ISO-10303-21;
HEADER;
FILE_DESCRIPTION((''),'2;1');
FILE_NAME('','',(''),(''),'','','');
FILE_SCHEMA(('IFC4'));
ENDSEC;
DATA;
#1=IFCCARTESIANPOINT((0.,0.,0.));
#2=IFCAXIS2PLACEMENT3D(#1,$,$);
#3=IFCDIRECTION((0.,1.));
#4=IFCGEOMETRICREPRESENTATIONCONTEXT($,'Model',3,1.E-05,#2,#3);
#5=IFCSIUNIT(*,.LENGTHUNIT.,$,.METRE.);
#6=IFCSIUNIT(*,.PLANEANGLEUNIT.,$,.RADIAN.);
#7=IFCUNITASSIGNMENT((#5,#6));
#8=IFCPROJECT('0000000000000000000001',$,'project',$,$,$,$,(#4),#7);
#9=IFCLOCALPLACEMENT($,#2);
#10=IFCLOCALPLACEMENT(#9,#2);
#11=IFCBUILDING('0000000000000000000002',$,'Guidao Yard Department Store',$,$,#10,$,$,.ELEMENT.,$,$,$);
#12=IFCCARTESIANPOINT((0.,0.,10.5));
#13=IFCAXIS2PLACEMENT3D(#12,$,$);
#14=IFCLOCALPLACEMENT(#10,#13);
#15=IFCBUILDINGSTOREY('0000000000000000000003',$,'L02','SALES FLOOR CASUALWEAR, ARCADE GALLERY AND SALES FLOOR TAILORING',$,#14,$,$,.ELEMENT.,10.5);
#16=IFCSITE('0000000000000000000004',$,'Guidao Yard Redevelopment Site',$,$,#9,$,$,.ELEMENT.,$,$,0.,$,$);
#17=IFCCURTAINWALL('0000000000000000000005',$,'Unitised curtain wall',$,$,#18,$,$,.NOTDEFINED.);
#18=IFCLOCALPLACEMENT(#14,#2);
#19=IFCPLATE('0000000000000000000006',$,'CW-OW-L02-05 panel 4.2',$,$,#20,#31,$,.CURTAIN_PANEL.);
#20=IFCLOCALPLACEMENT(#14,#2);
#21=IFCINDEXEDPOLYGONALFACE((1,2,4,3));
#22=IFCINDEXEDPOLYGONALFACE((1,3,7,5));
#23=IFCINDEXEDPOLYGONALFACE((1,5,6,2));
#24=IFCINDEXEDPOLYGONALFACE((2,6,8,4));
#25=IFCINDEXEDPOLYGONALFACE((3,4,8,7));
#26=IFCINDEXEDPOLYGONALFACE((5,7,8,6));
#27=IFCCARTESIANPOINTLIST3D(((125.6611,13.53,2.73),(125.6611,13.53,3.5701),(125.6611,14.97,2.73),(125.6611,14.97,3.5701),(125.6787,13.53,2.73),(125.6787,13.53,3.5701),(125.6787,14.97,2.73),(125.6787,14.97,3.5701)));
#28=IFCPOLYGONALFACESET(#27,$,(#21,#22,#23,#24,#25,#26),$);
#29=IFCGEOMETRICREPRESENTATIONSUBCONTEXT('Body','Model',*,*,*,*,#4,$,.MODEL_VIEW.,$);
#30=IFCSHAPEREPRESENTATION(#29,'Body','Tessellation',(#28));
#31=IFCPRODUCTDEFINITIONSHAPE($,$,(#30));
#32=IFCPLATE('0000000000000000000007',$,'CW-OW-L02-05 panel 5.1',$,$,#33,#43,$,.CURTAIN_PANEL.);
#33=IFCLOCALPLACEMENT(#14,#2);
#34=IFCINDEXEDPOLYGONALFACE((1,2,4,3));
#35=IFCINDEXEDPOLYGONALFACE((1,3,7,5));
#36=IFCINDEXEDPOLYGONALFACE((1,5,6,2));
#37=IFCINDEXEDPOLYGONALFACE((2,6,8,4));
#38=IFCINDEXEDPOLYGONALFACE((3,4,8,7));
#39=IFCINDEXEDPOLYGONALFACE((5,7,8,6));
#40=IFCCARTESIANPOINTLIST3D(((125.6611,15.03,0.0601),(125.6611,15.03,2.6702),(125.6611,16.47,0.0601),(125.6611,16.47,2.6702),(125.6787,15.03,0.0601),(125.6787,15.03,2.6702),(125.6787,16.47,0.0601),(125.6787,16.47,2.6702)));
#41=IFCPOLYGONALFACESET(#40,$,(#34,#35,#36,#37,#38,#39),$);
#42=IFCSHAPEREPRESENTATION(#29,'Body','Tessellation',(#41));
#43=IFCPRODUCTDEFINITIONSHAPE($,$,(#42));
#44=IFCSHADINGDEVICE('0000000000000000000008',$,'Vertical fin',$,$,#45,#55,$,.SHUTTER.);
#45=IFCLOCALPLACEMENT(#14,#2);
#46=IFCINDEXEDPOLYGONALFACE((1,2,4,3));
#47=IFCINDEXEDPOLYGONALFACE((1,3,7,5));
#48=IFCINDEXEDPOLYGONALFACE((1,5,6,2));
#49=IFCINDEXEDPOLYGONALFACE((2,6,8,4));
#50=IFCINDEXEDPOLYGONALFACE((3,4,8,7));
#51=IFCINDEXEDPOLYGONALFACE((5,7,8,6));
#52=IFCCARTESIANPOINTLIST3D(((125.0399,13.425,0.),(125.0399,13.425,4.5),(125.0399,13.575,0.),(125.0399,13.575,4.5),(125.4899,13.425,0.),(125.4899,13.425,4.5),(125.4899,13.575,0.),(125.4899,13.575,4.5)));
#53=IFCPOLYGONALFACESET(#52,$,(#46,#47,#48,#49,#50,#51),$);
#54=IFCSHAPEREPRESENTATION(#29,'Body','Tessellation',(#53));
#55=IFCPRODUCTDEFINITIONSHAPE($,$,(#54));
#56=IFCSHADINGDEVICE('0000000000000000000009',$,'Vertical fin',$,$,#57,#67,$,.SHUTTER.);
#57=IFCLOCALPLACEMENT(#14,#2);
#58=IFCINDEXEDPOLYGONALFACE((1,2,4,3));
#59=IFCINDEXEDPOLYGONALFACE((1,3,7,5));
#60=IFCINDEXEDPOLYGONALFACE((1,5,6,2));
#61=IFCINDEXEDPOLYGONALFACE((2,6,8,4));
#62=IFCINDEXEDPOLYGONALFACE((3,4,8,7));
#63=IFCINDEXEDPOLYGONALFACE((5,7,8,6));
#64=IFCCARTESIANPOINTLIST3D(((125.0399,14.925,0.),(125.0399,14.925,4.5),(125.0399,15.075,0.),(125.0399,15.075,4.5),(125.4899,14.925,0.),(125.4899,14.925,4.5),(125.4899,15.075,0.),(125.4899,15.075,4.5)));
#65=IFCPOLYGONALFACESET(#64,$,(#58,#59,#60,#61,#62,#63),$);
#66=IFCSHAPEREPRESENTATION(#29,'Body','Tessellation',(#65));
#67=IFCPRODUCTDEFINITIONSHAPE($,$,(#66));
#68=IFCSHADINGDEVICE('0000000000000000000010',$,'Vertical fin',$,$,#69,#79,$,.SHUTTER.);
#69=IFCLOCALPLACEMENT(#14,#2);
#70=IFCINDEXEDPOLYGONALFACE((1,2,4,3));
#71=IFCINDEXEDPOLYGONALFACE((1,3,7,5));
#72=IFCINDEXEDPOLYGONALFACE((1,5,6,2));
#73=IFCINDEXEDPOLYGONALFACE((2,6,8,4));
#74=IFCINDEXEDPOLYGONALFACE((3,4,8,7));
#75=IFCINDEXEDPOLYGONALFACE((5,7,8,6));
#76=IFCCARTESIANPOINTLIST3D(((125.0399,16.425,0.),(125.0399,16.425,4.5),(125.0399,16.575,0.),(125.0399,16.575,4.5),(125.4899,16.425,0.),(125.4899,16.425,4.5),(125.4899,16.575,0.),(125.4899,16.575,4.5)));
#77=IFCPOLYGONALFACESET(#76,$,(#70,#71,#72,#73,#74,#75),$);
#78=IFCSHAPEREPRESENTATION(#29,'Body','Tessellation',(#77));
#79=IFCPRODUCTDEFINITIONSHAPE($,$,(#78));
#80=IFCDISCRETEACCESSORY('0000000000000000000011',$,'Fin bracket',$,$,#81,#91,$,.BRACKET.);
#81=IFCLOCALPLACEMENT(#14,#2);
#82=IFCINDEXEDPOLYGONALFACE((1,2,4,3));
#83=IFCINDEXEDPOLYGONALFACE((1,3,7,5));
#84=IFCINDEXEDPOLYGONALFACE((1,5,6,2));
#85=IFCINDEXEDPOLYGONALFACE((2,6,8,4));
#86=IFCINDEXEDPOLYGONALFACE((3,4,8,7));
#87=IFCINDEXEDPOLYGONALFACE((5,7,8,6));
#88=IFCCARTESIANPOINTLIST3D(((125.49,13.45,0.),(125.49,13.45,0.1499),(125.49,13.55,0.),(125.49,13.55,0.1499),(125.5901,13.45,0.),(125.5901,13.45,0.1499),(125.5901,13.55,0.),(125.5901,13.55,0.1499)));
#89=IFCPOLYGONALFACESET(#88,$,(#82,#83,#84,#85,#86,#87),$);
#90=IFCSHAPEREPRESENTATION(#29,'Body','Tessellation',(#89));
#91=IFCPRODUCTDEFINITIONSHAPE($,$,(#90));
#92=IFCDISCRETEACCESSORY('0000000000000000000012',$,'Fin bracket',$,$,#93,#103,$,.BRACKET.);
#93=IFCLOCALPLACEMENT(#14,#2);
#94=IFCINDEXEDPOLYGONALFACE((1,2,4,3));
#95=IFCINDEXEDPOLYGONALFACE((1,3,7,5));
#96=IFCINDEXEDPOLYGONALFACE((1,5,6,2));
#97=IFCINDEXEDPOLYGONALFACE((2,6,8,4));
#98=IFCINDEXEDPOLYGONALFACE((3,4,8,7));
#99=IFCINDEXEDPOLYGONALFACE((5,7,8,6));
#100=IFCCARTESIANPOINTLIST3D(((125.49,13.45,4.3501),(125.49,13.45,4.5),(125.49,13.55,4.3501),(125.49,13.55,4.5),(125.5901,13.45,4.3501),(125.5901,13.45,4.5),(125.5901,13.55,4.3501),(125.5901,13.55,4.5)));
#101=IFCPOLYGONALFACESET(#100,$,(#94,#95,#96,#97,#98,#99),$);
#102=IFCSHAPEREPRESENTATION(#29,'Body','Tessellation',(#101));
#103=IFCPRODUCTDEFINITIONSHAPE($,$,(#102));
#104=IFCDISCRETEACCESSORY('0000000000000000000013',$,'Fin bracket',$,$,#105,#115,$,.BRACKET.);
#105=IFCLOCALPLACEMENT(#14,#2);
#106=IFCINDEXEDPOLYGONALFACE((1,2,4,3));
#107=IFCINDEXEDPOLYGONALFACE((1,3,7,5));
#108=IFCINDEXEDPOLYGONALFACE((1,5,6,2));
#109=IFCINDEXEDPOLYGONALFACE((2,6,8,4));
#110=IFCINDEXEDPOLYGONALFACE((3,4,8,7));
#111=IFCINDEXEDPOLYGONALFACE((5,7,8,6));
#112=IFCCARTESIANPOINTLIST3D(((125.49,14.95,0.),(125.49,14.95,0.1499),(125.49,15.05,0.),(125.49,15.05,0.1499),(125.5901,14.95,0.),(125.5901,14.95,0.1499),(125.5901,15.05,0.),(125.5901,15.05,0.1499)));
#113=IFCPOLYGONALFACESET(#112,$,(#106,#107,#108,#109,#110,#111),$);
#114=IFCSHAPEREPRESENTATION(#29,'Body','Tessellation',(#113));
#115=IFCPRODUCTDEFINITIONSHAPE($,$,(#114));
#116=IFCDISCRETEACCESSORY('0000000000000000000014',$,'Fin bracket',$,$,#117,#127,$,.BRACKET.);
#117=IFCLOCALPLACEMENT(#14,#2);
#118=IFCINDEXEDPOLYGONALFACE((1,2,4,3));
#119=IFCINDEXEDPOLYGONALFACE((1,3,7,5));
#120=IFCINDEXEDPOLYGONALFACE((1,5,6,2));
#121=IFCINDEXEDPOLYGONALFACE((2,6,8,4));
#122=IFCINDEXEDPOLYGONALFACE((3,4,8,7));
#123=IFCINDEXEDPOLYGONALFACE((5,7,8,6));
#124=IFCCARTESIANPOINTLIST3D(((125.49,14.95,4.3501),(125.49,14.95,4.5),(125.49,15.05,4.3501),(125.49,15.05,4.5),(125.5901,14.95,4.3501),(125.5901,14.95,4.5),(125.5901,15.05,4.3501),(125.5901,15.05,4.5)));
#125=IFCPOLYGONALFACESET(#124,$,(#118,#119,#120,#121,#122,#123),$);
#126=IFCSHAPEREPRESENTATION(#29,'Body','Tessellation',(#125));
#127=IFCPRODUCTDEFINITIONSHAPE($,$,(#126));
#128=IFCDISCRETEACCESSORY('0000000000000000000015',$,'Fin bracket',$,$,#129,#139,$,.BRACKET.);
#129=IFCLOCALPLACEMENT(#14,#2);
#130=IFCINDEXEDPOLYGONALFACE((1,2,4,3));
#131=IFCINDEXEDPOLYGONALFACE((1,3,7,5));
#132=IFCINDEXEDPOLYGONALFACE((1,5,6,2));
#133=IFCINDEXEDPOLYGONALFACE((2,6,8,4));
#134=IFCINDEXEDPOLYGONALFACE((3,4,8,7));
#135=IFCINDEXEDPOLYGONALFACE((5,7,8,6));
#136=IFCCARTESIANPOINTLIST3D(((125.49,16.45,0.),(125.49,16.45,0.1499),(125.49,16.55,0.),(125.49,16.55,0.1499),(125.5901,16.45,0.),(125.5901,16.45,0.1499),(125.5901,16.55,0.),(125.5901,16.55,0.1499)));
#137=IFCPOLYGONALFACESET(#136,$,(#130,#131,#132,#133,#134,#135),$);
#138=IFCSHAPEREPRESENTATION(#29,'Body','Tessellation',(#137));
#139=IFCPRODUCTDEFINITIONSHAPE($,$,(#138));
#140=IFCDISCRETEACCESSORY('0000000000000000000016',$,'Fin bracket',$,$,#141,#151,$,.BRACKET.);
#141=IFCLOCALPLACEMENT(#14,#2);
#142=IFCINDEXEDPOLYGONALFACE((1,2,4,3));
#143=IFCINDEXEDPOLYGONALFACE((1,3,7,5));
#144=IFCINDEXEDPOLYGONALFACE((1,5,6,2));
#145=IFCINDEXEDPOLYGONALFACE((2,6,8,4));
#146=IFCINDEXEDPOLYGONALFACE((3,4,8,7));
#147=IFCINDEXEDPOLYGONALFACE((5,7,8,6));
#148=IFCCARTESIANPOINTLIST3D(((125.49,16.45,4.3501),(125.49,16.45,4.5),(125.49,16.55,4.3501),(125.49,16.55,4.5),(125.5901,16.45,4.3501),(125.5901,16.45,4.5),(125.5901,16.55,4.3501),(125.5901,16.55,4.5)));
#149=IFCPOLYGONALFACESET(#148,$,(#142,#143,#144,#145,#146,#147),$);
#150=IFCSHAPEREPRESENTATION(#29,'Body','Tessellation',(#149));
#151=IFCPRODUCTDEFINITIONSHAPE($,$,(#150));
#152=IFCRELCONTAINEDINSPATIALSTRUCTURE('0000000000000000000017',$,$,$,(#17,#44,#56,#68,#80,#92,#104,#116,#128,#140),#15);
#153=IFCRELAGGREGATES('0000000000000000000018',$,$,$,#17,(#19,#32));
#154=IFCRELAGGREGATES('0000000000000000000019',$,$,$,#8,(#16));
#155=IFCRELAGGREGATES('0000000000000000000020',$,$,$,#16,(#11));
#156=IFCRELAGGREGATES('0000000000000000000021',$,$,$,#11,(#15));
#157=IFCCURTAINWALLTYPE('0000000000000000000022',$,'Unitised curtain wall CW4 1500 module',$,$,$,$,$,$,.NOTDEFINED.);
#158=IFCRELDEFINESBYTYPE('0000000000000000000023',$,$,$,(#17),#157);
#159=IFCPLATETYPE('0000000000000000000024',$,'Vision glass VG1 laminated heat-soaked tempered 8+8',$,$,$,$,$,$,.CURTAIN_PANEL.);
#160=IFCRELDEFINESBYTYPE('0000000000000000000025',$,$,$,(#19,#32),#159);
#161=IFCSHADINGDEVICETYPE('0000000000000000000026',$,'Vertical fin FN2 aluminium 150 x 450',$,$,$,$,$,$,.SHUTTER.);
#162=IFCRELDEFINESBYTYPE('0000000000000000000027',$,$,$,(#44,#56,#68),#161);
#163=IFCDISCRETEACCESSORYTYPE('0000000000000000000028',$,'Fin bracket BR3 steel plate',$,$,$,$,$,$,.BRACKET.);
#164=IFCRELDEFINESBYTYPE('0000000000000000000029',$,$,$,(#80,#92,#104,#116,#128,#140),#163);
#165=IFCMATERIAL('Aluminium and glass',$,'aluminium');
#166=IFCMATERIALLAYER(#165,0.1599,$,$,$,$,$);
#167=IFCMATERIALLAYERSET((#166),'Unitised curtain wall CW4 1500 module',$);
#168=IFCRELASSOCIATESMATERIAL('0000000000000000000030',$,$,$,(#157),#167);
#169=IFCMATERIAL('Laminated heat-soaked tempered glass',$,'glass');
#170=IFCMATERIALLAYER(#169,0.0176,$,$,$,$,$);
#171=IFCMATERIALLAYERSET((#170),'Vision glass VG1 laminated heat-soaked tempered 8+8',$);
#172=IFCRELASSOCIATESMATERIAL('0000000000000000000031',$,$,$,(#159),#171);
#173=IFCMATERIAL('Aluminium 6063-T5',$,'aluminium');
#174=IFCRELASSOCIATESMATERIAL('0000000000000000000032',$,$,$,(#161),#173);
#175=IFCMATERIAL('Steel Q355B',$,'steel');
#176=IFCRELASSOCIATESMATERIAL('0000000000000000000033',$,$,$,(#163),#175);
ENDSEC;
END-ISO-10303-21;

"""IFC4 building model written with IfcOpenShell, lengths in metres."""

from ifc_helpers import new_model, si_unit, direction, frame, origin, origin_2d, place, context, subcontext, project, spatial, rectangle, extrude, material, layer, layer_set, type_object, element, aggregate, save


model = new_model("IFC4")

# Units and contexts
model_context = context("Model", 3, precision=1e-05, world=origin(), true_north=direction((0.0, 1.0)))
body_context = subcontext(model_context, "Body", "Model", "MODEL_VIEW")
ifc_project = project(units=[si_unit("LENGTHUNIT", "METRE"), si_unit("PLANEANGLEUNIT", "RADIAN")], contexts=[model_context])

# Site, building, storey
site_placement = place(None, origin())
site = spatial("IfcSite", under=ifc_project, at=site_placement, Name="Guidao Yard Redevelopment Site", CompositionType="ELEMENT", RefElevation=0.0)
building_placement = place(site_placement, origin())
building = spatial("IfcBuilding", under=site, at=building_placement, Name="Guidao Yard Department Store", CompositionType="ELEMENT")
storey_placement = place(building_placement, frame((0.0, 0.0, 10.5)))
storey = spatial("IfcBuildingStorey", under=building, at=storey_placement, Name="L02", Description="SALES FLOOR CASUALWEAR, ARCADE GALLERY AND SALES FLOOR TAILORING", CompositionType="ELEMENT", Elevation=10.5)

# Curtain wall, plates
ifc_material_1 = material(Name="Aluminium and glass", Category="aluminium")
ifc_layer_1 = layer(ifc_material_1, 0.1599)
ifc_layer_set_1 = layer_set([ifc_layer_1], Name="Unitised curtain wall CW4 1500 module")
curtain_wall_type = type_object("IfcCurtainWallType", Name="Unitised curtain wall CW4 1500 module", PredefinedType="NOTDEFINED", material=ifc_layer_set_1)
curtain_wall_placement = place(storey_placement, origin())
curtain_wall = element("IfcCurtainWall", 1, at=curtain_wall_placement, inside=storey, type_object=curtain_wall_type, Name="Unitised curtain wall", PredefinedType="NOTDEFINED")
ifc_material_2 = material(Name="Laminated heat-soaked tempered glass", Category="glass")
ifc_layer_2 = layer(ifc_material_2, 0.0176)
ifc_layer_set_2 = layer_set([ifc_layer_2], Name="Vision glass VG1 laminated heat-soaked tempered 8+8")
plate_type_1 = type_object("IfcPlateType", Name="Vision glass VG1 laminated heat-soaked tempered 8+8", PredefinedType="CURTAIN_PANEL", material=ifc_layer_set_2)
plate_1_placement = place(storey_placement, frame((125.6699, 14.25, 2.73), z_axis=(0.0, 0.0, 1.0), x_axis=(0.0, 1.0, 0.0)))
plate_1 = element("IfcPlate", 2, at=plate_1_placement, type_object=plate_type_1, Name="CW-OW-L02-05 panel 4.2", PredefinedType="CURTAIN_PANEL", context=body_context, shape_type="SweptSolid", body=[
    extrude(rectangle(XDim=1.4399, YDim=0.0176, at=origin_2d()), origin(), (0.0, 0.0, 1.0), 0.8401),
])
plate_2_placement = place(storey_placement, frame((125.6699, 15.75, 0.0601), z_axis=(0.0, 0.0, 1.0), x_axis=(0.0, 1.0, 0.0)))
plate_2 = element("IfcPlate", 3, at=plate_2_placement, type_object=plate_type_1, Name="CW-OW-L02-05 panel 5.1", PredefinedType="CURTAIN_PANEL", context=body_context, shape_type="SweptSolid", body=[
    extrude(rectangle(XDim=1.4399, YDim=0.0176, at=origin_2d()), origin(), (0.0, 0.0, 1.0), 2.6101),
])
aggregate(curtain_wall, [plate_1, plate_2])

# Shading devices
ifc_material_3 = material(Name="Aluminium 6063-T5", Category="aluminium")
shading_device_type = type_object("IfcShadingDeviceType", Name="Vertical fin FN2 aluminium 150 x 450", PredefinedType="SHUTTER", material=ifc_material_3)
for number, where, z_axis, x_axis, name in (
    (4, (125.2649, 13.5, 0.0), (0.0, 0.0, 1.0), (0.0, 1.0, 0.0), "Vertical fin"),
    (5, (125.2649, 15.0, 0.0), (0.0, 0.0, 1.0), (0.0, 1.0, 0.0), "Vertical fin"),
    (6, (125.2649, 16.5, 0.0), (0.0, 0.0, 1.0), (0.0, 1.0, 0.0), "Vertical fin"),
):
    element("IfcShadingDevice", number, at=place(storey_placement, frame(where, z_axis=z_axis, x_axis=x_axis)), inside=storey, type_object=shading_device_type, Name=name, PredefinedType="SHUTTER", context=body_context, shape_type="SweptSolid", body=[
        extrude(rectangle(XDim=0.1499, YDim=0.45, at=origin_2d()), origin(), (0.0, 0.0, 1.0), 4.5),
    ])

# Discrete accessories
ifc_material_4 = material(Name="Steel Q355B", Category="steel")
discrete_accessory_type = type_object("IfcDiscreteAccessoryType", Name="Fin bracket BR3 steel plate", PredefinedType="BRACKET", material=ifc_material_4)
for number, where, z_axis, x_axis, name in (
    (7, (125.54, 13.5, 0.0), (0.0, 0.0, 1.0), (0.0, 1.0, 0.0), "Fin bracket"),
    (8, (125.54, 13.5, 4.3501), (0.0, 0.0, 1.0), (0.0, 1.0, 0.0), "Fin bracket"),
    (9, (125.54, 15.0, 0.0), (0.0, 0.0, 1.0), (0.0, 1.0, 0.0), "Fin bracket"),
    (10, (125.54, 15.0, 4.3501), (0.0, 0.0, 1.0), (0.0, 1.0, 0.0), "Fin bracket"),
    (11, (125.54, 16.5, 0.0), (0.0, 0.0, 1.0), (0.0, 1.0, 0.0), "Fin bracket"),
    (12, (125.54, 16.5, 4.3501), (0.0, 0.0, 1.0), (0.0, 1.0, 0.0), "Fin bracket"),
):
    element("IfcDiscreteAccessory", number, at=place(storey_placement, frame(where, z_axis=z_axis, x_axis=x_axis)), inside=storey, type_object=discrete_accessory_type, Name=name, PredefinedType="BRACKET", context=body_context, shape_type="SweptSolid", body=[
        extrude(rectangle(XDim=0.1001, YDim=0.1001, at=origin_2d()), origin(), (0.0, 0.0, 1.0), 0.1499),
    ])

save(model, "model.ifc")
